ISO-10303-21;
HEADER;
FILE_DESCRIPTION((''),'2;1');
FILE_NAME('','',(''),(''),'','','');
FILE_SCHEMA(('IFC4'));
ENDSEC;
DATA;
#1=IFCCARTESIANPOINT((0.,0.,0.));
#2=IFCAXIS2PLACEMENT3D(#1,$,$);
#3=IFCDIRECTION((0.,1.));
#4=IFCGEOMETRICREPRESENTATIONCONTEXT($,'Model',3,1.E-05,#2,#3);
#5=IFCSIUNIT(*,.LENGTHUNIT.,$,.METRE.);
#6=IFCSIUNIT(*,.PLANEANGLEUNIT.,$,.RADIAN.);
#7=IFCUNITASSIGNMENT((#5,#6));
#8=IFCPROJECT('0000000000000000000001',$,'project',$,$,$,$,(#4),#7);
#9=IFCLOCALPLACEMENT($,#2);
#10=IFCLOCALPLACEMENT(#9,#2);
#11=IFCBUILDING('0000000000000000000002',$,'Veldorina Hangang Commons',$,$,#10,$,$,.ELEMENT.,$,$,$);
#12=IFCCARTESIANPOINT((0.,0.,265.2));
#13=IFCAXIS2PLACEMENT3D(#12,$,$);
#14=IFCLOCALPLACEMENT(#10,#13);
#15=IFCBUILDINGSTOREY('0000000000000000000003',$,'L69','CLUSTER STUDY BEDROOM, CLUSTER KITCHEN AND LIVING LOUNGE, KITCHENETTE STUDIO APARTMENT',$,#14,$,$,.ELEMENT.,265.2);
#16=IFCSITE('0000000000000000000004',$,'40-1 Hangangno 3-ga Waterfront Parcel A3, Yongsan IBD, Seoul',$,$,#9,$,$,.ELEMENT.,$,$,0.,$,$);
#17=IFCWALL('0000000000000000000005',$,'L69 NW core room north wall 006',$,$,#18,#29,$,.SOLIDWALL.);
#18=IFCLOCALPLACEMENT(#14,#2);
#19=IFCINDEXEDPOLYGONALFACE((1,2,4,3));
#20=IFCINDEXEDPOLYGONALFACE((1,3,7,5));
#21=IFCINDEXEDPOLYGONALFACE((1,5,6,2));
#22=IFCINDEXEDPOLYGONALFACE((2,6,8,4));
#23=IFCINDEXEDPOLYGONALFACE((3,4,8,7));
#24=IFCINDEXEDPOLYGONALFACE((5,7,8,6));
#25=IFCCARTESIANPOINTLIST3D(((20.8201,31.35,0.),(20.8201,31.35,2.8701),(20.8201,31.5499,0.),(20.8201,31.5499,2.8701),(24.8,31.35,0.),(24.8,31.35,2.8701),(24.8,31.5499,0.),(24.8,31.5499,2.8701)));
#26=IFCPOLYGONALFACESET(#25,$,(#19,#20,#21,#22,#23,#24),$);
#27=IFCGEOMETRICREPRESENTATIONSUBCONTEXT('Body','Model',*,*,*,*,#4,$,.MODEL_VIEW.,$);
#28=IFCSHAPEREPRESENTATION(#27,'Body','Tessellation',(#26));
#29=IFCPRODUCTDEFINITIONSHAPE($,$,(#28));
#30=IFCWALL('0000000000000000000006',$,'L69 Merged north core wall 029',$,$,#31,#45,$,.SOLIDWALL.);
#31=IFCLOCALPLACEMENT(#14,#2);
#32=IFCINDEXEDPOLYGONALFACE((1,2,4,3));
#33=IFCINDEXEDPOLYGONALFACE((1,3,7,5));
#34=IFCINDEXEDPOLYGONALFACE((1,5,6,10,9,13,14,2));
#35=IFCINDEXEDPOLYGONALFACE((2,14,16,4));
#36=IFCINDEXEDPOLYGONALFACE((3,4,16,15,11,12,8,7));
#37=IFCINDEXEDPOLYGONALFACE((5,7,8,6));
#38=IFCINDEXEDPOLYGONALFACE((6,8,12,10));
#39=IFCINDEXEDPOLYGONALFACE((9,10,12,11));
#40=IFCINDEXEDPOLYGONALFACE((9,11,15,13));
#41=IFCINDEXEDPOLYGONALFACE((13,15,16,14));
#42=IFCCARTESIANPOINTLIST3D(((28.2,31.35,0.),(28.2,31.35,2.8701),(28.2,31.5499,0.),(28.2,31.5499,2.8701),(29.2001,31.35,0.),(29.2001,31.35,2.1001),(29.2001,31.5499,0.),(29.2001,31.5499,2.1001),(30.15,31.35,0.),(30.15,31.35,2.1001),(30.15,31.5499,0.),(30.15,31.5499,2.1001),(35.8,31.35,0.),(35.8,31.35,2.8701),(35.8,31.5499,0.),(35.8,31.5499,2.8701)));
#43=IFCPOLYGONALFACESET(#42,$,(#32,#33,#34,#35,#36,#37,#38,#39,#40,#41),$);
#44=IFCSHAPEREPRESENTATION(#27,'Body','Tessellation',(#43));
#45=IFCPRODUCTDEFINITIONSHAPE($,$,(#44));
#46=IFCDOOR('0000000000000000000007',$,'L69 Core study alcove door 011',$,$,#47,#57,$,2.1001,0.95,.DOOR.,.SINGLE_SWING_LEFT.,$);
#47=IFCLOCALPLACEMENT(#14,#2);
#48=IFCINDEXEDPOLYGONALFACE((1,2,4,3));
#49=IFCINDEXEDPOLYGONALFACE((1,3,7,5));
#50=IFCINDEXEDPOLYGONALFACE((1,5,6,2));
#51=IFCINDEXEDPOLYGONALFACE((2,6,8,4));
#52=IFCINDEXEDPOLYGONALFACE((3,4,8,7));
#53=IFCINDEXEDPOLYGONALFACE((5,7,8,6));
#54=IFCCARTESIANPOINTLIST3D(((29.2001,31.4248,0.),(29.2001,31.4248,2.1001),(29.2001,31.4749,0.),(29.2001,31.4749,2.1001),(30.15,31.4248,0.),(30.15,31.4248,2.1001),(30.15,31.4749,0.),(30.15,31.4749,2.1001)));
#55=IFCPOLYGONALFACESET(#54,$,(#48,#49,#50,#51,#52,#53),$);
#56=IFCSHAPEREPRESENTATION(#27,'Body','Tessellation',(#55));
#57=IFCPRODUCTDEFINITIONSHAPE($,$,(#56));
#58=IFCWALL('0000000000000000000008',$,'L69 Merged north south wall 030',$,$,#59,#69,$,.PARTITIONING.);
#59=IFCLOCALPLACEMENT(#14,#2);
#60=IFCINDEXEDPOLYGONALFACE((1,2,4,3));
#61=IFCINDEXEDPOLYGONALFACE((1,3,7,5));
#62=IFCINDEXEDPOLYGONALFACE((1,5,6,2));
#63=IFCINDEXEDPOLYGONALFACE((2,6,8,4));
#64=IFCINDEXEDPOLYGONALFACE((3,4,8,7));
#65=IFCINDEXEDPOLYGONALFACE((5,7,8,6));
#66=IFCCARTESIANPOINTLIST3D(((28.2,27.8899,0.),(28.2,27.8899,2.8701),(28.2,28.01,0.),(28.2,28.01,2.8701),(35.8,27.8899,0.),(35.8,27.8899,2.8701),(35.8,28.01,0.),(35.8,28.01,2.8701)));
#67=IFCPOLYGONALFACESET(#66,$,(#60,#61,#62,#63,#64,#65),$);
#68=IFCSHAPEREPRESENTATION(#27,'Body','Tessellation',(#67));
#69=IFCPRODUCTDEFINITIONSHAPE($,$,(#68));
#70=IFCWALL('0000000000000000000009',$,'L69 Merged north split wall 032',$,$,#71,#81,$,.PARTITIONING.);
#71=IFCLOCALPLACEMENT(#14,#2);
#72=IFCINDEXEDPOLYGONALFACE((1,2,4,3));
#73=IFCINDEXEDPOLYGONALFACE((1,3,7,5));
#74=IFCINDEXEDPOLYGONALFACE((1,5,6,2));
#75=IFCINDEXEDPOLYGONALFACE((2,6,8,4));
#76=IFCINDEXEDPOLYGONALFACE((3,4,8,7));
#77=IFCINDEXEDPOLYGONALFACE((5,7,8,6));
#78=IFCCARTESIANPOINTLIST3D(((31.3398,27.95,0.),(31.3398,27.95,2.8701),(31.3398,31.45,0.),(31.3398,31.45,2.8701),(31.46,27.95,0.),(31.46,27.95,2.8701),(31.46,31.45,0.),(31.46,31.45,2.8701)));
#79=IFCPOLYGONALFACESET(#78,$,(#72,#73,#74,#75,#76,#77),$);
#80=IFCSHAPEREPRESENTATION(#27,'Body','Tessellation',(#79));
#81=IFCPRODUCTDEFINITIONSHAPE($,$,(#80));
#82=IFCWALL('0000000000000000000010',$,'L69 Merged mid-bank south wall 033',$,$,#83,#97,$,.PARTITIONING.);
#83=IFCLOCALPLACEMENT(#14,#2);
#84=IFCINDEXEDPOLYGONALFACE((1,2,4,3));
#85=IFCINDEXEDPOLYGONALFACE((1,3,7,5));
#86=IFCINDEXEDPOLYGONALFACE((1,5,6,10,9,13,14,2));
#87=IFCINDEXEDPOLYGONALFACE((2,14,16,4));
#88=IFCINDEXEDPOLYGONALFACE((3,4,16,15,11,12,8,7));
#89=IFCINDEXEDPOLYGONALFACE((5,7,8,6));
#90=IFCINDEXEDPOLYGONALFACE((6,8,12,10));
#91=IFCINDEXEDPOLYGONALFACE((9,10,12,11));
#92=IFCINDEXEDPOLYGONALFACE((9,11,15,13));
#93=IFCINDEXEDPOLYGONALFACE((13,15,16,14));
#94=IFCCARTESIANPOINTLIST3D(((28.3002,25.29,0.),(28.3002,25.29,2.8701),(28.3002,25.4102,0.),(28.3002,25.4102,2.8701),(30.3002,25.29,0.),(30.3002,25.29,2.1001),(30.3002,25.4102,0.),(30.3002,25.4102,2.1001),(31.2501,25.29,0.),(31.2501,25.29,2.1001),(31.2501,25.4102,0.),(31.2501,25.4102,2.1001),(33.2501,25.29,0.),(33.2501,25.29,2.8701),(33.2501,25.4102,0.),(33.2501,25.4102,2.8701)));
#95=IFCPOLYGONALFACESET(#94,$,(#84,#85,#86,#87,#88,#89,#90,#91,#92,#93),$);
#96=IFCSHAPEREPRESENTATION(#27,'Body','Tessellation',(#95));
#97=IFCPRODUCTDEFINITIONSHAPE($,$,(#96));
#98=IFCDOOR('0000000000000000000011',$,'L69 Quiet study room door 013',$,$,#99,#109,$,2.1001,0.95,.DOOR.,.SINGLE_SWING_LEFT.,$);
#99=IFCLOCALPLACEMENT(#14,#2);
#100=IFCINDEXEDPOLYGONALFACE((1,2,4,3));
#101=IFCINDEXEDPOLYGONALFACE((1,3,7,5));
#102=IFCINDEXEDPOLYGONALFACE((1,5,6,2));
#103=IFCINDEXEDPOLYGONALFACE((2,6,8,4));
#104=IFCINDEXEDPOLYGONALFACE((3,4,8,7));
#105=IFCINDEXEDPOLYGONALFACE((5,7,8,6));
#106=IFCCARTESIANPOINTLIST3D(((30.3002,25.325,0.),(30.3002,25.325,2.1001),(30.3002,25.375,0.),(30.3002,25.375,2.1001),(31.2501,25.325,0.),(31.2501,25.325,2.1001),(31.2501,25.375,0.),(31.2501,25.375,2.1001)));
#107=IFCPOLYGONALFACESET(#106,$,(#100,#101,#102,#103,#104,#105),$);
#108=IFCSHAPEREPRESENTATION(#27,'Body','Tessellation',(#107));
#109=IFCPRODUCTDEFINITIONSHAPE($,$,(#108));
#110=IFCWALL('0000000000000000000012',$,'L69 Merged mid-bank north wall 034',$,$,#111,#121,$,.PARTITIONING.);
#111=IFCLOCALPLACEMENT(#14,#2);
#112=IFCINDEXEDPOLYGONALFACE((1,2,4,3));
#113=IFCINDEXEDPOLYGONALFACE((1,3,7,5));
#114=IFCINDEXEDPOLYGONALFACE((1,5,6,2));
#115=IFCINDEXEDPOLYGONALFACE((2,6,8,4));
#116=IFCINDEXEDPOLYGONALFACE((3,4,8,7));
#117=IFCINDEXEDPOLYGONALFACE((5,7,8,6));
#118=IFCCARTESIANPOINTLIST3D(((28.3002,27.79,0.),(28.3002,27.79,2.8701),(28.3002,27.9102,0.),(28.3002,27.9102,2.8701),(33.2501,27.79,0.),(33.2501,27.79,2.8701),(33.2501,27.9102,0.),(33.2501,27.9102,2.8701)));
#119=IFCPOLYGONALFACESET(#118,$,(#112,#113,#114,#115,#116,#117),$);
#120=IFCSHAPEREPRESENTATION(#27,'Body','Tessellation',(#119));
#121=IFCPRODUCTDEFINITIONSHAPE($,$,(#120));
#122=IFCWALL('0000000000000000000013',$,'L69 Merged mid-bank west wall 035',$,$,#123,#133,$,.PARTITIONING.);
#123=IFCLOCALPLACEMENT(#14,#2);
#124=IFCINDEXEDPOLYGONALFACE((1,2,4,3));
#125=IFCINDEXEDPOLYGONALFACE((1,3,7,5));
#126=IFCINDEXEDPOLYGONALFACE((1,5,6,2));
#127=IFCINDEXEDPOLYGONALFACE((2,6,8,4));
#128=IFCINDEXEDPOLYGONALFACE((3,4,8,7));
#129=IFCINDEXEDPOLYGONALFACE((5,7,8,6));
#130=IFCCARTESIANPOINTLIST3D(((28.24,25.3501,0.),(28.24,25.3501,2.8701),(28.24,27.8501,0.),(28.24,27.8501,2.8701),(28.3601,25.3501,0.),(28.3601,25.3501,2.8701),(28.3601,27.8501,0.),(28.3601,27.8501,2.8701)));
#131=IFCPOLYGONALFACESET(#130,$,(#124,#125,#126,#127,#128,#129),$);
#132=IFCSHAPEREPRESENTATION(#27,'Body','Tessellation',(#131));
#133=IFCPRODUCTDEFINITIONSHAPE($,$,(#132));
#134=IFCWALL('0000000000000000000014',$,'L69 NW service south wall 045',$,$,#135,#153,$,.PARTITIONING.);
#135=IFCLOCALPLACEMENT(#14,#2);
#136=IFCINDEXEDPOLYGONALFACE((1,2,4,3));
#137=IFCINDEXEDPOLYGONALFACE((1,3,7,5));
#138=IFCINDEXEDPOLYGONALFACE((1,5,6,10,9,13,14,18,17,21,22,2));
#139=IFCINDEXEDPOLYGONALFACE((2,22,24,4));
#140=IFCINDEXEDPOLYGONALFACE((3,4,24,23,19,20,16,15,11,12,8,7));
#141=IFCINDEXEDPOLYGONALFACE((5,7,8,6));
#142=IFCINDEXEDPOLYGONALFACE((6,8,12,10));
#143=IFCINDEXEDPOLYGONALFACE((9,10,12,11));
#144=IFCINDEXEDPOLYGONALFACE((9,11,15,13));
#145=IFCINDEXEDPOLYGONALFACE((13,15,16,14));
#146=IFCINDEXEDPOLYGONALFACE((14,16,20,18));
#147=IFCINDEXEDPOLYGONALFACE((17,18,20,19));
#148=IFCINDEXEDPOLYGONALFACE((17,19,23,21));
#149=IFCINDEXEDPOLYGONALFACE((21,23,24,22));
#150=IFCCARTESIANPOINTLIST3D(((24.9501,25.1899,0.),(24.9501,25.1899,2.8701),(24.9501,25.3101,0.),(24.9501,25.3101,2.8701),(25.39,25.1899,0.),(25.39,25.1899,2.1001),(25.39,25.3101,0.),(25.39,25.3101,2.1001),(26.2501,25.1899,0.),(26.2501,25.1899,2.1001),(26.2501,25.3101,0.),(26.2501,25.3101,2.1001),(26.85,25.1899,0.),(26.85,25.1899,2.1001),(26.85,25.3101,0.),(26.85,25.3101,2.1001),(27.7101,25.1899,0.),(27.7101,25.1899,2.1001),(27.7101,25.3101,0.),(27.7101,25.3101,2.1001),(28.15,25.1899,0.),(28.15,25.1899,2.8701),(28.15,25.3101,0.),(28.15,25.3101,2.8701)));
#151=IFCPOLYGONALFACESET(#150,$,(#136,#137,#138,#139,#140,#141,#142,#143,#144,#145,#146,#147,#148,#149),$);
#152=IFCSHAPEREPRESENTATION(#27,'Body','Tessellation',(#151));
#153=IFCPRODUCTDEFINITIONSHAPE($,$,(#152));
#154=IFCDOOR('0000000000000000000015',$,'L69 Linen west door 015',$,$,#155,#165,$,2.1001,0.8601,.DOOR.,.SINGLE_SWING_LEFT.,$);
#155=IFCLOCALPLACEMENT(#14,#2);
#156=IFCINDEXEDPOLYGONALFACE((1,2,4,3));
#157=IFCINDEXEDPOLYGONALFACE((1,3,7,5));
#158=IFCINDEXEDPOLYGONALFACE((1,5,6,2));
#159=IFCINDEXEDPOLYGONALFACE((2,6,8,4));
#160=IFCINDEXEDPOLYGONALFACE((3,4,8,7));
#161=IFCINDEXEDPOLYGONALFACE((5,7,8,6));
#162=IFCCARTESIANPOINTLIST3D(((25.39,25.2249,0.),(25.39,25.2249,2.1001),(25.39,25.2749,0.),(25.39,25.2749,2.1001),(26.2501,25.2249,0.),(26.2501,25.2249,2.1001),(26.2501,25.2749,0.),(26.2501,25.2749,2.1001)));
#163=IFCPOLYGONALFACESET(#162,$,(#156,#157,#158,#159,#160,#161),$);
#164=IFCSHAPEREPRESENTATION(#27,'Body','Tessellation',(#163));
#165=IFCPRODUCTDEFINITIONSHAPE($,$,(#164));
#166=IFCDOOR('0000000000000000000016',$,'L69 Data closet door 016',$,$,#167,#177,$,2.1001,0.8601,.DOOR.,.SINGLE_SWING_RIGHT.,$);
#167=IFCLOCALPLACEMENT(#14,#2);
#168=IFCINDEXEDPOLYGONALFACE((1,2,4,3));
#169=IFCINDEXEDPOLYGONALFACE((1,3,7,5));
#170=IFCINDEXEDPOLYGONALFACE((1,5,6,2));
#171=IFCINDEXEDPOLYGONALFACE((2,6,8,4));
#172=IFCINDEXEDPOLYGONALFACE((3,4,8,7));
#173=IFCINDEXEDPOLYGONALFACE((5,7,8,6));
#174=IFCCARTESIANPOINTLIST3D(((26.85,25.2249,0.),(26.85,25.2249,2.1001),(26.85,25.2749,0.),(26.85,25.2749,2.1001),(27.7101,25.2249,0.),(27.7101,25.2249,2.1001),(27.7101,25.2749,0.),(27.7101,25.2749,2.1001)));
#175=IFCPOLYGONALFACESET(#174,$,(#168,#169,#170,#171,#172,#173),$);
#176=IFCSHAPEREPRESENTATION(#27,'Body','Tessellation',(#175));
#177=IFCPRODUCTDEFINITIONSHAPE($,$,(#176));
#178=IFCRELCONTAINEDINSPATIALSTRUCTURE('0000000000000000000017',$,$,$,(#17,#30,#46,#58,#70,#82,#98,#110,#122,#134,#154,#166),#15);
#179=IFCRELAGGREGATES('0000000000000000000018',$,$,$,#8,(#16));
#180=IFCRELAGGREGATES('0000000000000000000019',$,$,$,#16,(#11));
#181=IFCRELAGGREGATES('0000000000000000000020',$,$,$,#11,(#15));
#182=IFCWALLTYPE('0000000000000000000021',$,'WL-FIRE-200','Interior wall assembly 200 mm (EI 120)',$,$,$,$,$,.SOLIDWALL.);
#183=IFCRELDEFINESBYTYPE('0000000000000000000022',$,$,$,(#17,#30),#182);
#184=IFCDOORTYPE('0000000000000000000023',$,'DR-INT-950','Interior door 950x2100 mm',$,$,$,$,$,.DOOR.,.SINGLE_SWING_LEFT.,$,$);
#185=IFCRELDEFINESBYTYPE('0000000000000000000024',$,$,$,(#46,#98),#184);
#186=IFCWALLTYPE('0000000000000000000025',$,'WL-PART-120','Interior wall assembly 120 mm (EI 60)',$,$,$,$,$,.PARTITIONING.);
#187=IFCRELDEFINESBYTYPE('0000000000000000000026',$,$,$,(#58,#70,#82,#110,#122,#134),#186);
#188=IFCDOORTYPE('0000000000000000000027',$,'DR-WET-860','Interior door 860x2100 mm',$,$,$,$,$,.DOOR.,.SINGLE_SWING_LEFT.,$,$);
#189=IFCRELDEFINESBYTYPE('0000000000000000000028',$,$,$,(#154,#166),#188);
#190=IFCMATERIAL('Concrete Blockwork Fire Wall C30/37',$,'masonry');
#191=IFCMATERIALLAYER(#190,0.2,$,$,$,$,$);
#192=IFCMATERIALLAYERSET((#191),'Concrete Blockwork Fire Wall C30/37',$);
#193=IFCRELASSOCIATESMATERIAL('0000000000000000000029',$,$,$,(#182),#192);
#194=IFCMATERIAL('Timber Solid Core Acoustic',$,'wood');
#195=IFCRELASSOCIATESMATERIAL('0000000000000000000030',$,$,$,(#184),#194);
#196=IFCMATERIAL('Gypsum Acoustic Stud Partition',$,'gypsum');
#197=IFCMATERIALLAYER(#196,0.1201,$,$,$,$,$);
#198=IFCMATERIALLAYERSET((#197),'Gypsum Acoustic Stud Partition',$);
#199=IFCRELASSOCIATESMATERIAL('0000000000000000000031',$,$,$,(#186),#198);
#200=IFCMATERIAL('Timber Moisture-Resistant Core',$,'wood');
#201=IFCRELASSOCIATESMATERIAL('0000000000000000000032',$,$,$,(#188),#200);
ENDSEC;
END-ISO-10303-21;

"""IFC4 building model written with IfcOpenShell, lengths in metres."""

from ifc_helpers import new_model, si_unit, direction, frame, frame_2d, origin, place, context, subcontext, project, spatial, rectangle, extrude, material, layer, layer_set, type_object, element, fill, save


model = new_model("IFC4")

# Units and contexts
model_context = context("Model", 3, precision=1e-05, world=origin(), true_north=direction((0.0, 1.0)))
body_context = subcontext(model_context, "Body", "Model", "MODEL_VIEW")
ifc_project = project(units=[si_unit("LENGTHUNIT", "METRE"), si_unit("PLANEANGLEUNIT", "RADIAN")], contexts=[model_context])

# Site, building, storey
site_placement = place(None, origin())
site = spatial("IfcSite", under=ifc_project, at=site_placement, Name="40-1 Hangangno 3-ga Waterfront Parcel A3, Yongsan IBD, Seoul", CompositionType="ELEMENT", RefElevation=0.0)
building_placement = place(site_placement, origin())
building = spatial("IfcBuilding", under=site, at=building_placement, Name="Veldorina Hangang Commons", CompositionType="ELEMENT")
storey_placement = place(building_placement, frame((0.0, 0.0, 265.2)))
storey = spatial("IfcBuildingStorey", under=building, at=storey_placement, Name="L69", Description="CLUSTER STUDY BEDROOM, CLUSTER KITCHEN AND LIVING LOUNGE, KITCHENETTE STUDIO APARTMENT", CompositionType="ELEMENT", Elevation=265.2)

# Shared definitions
ifc_material_1 = material(Name="Concrete Blockwork Fire Wall C30/37", Category="masonry")
ifc_layer_1 = layer(ifc_material_1, 0.2)
ifc_layer_set_1 = layer_set([ifc_layer_1], Name="Concrete Blockwork Fire Wall C30/37")
wall_type_1 = type_object("IfcWallType", Name="WL-FIRE-200", Description="Interior wall assembly 200 mm (EI 120)", PredefinedType="SOLIDWALL", material=ifc_layer_set_1)

# Wall
wall_1_placement = place(storey_placement, frame((20.8201, 31.45, 0.0), z_axis=(0.0, 0.0, 1.0), x_axis=(1.0, 0.0, 0.0)))
element("IfcWall", 1, at=wall_1_placement, inside=storey, type_object=wall_type_1, Name="L69 NW core room north wall 006", PredefinedType="SOLIDWALL", context=body_context, shape_type="SweptSolid", body=[
    extrude(rectangle(XDim=3.98, YDim=0.2, at=frame_2d((1.99, 0.0))), origin(), (0.0, 0.0, 1.0), 2.8701),
])

# Wall, opening, door
wall_2_placement = place(storey_placement, frame((28.2, 31.45, 0.0), z_axis=(0.0, 0.0, 1.0), x_axis=(1.0, 0.0, 0.0)))
wall_2 = element("IfcWall", 2, at=wall_2_placement, inside=storey, type_object=wall_type_1, Name="L69 Merged north core wall 029", PredefinedType="SOLIDWALL", context=body_context, shape_type="SweptSolid", body=[
    extrude(rectangle(XDim=7.6001, YDim=0.2, at=frame_2d((3.8, 0.0))), origin(), (0.0, 0.0, 1.0), 2.8701),
])
opening_1_placement = place(wall_2_placement, frame((1.0, 0.0, 0.0)))
opening_1 = element("IfcOpeningElement", 3, at=opening_1_placement, cuts=wall_2, PredefinedType="OPENING", context=body_context, shape_type="SweptSolid", body=[
    extrude(rectangle(XDim=0.95, YDim=2.1001, at=frame_2d((0.4751, 1.05))), frame((0.0, 0.1099, 0.0), z_axis=(0.0, -1.0, 0.0), x_axis=(1.0, 0.0, 0.0)), (0.0, 0.0, 1.0), 0.22),
])
ifc_material_2 = material(Name="Timber Solid Core Acoustic", Category="wood")
door_type_1 = type_object("IfcDoorType", Name="DR-INT-950", Description="Interior door 950x2100 mm", OperationType="SINGLE_SWING_LEFT", PredefinedType="DOOR", material=ifc_material_2)
door_1_placement = place(opening_1_placement, origin())
door_1 = element("IfcDoor", 4, at=door_1_placement, inside=storey, type_object=door_type_1, Name="L69 Core study alcove door 011", OperationType="SINGLE_SWING_LEFT", OverallHeight=2.1001, OverallWidth=0.95, PredefinedType="DOOR", context=body_context, shape_type="SweptSolid", body=[
    extrude(rectangle(XDim=0.95, YDim=2.1001, at=frame_2d((0.4751, 1.05))), frame((0.0, 0.0249, 0.0), z_axis=(0.0, -1.0, 0.0), x_axis=(1.0, 0.0, 0.0)), (0.0, 0.0, 1.0), 0.05),
])
fill(opening_1, door_1)

# Walls
ifc_material_3 = material(Name="Gypsum Acoustic Stud Partition", Category="gypsum")
ifc_layer_2 = layer(ifc_material_3, 0.1201)
ifc_layer_set_2 = layer_set([ifc_layer_2], Name="Gypsum Acoustic Stud Partition")
wall_type_2 = type_object("IfcWallType", Name="WL-PART-120", Description="Interior wall assembly 120 mm (EI 60)", PredefinedType="PARTITIONING", material=ifc_layer_set_2)
wall_3_placement = place(storey_placement, frame((28.2, 27.95, 0.0), z_axis=(0.0, 0.0, 1.0), x_axis=(1.0, 0.0, 0.0)))
element("IfcWall", 5, at=wall_3_placement, inside=storey, type_object=wall_type_2, Name="L69 Merged north south wall 030", PredefinedType="PARTITIONING", context=body_context, shape_type="SweptSolid", body=[
    extrude(rectangle(XDim=7.6001, YDim=0.1201, at=frame_2d((3.8, 0.0))), origin(), (0.0, 0.0, 1.0), 2.8701),
])
wall_4_placement = place(storey_placement, frame((31.3999, 27.95, 0.0), z_axis=(0.0, 0.0, 1.0), x_axis=(0.0, 1.0, 0.0)))
element("IfcWall", 6, at=wall_4_placement, inside=storey, type_object=wall_type_2, Name="L69 Merged north split wall 032", PredefinedType="PARTITIONING", context=body_context, shape_type="SweptSolid", body=[
    extrude(rectangle(XDim=3.5, YDim=0.1201, at=frame_2d((1.75, 0.0))), origin(), (0.0, 0.0, 1.0), 2.8701),
])

# Wall, opening, door
wall_5_placement = place(storey_placement, frame((28.3, 25.3501, 0.0), z_axis=(0.0, 0.0, 1.0), x_axis=(1.0, 0.0, 0.0)))
wall_5 = element("IfcWall", 7, at=wall_5_placement, inside=storey, type_object=wall_type_2, Name="L69 Merged mid-bank south wall 033", PredefinedType="PARTITIONING", context=body_context, shape_type="SweptSolid", body=[
    extrude(rectangle(XDim=4.95, YDim=0.1201, at=frame_2d((2.4751, 0.0))), origin(), (0.0, 0.0, 1.0), 2.8701),
])
opening_2_placement = place(wall_5_placement, frame((2.0, 0.0, 0.0)))
opening_2 = element("IfcOpeningElement", 8, at=opening_2_placement, cuts=wall_5, PredefinedType="OPENING", context=body_context, shape_type="SweptSolid", body=[
    extrude(rectangle(XDim=0.95, YDim=2.1001, at=frame_2d((0.4751, 1.05))), frame((0.0, 0.0701, 0.0), z_axis=(0.0, -1.0, 0.0), x_axis=(1.0, 0.0, 0.0)), (0.0, 0.0, 1.0), 0.1401),
])
door_2_placement = place(opening_2_placement, origin())
door_2 = element("IfcDoor", 9, at=door_2_placement, inside=storey, type_object=door_type_1, Name="L69 Quiet study room door 013", OperationType="SINGLE_SWING_LEFT", OverallHeight=2.1001, OverallWidth=0.95, PredefinedType="DOOR", context=body_context, shape_type="SweptSolid", body=[
    extrude(rectangle(XDim=0.95, YDim=2.1001, at=frame_2d((0.4751, 1.05))), frame((0.0, 0.0249, 0.0), z_axis=(0.0, -1.0, 0.0), x_axis=(1.0, 0.0, 0.0)), (0.0, 0.0, 1.0), 0.05),
])
fill(opening_2, door_2)

# Walls
wall_6_placement = place(storey_placement, frame((28.3, 27.8501, 0.0), z_axis=(0.0, 0.0, 1.0), x_axis=(1.0, 0.0, 0.0)))
element("IfcWall", 10, at=wall_6_placement, inside=storey, type_object=wall_type_2, Name="L69 Merged mid-bank north wall 034", PredefinedType="PARTITIONING", context=body_context, shape_type="SweptSolid", body=[
    extrude(rectangle(XDim=4.95, YDim=0.1201, at=frame_2d((2.4751, 0.0))), origin(), (0.0, 0.0, 1.0), 2.8701),
])
wall_7_placement = place(storey_placement, frame((28.3, 25.3501, 0.0), z_axis=(0.0, 0.0, 1.0), x_axis=(0.0, 1.0, 0.0)))
element("IfcWall", 11, at=wall_7_placement, inside=storey, type_object=wall_type_2, Name="L69 Merged mid-bank west wall 035", PredefinedType="PARTITIONING", context=body_context, shape_type="SweptSolid", body=[
    extrude(rectangle(XDim=2.5, YDim=0.1201, at=frame_2d((1.25, 0.0))), origin(), (0.0, 0.0, 1.0), 2.8701),
])

# Wall, openings, doors
wall_8_placement = place(storey_placement, frame((24.95, 25.25, 0.0), z_axis=(0.0, 0.0, 1.0), x_axis=(1.0, 0.0, 0.0)))
wall_8 = element("IfcWall", 12, at=wall_8_placement, inside=storey, type_object=wall_type_2, Name="L69 NW service south wall 045", PredefinedType="PARTITIONING", context=body_context, shape_type="SweptSolid", body=[
    extrude(rectangle(XDim=3.2, YDim=0.1201, at=frame_2d((1.6001, 0.0))), origin(), (0.0, 0.0, 1.0), 2.8701),
])
opening_3_placement = place(wall_8_placement, frame((0.4399, 0.0, 0.0)))
opening_3 = element("IfcOpeningElement", 13, at=opening_3_placement, cuts=wall_8, PredefinedType="OPENING", context=body_context, shape_type="SweptSolid", body=[
    extrude(rectangle(XDim=0.8601, YDim=2.1001, at=frame_2d((0.4302, 1.05))), frame((0.0, 0.0701, 0.0), z_axis=(0.0, -1.0, 0.0), x_axis=(1.0, 0.0, 0.0)), (0.0, 0.0, 1.0), 0.1401),
])
opening_4_placement = place(wall_8_placement, frame((1.8999, 0.0, 0.0)))
opening_4 = element("IfcOpeningElement", 14, at=opening_4_placement, cuts=wall_8, PredefinedType="OPENING", context=body_context, shape_type="SweptSolid", body=[
    extrude(rectangle(XDim=0.8601, YDim=2.1001, at=frame_2d((0.4302, 1.05))), frame((0.0, 0.0701, 0.0), z_axis=(0.0, -1.0, 0.0), x_axis=(1.0, 0.0, 0.0)), (0.0, 0.0, 1.0), 0.1401),
])
ifc_material_4 = material(Name="Timber Moisture-Resistant Core", Category="wood")
door_type_2 = type_object("IfcDoorType", Name="DR-WET-860", Description="Interior door 860x2100 mm", OperationType="SINGLE_SWING_LEFT", PredefinedType="DOOR", material=ifc_material_4)
door_3_placement = place(opening_3_placement, origin())
door_3 = element("IfcDoor", 15, at=door_3_placement, inside=storey, type_object=door_type_2, Name="L69 Linen west door 015", OperationType="SINGLE_SWING_LEFT", OverallHeight=2.1001, OverallWidth=0.8601, PredefinedType="DOOR", context=body_context, shape_type="SweptSolid", body=[
    extrude(rectangle(XDim=0.8601, YDim=2.1001, at=frame_2d((0.4302, 1.05))), frame((0.0, 0.0249, 0.0), z_axis=(0.0, -1.0, 0.0), x_axis=(1.0, 0.0, 0.0)), (0.0, 0.0, 1.0), 0.05),
])
fill(opening_3, door_3)
door_4_placement = place(opening_4_placement, origin())
door_4 = element("IfcDoor", 16, at=door_4_placement, inside=storey, type_object=door_type_2, Name="L69 Data closet door 016", OperationType="SINGLE_SWING_RIGHT", OverallHeight=2.1001, OverallWidth=0.8601, PredefinedType="DOOR", context=body_context, shape_type="SweptSolid", body=[
    extrude(rectangle(XDim=0.8601, YDim=2.1001, at=frame_2d((0.4302, 1.05))), frame((0.0, 0.0249, 0.0), z_axis=(0.0, -1.0, 0.0), x_axis=(1.0, 0.0, 0.0)), (0.0, 0.0, 1.0), 0.05),
])
fill(opening_4, door_4)

save(model, "model.ifc")
